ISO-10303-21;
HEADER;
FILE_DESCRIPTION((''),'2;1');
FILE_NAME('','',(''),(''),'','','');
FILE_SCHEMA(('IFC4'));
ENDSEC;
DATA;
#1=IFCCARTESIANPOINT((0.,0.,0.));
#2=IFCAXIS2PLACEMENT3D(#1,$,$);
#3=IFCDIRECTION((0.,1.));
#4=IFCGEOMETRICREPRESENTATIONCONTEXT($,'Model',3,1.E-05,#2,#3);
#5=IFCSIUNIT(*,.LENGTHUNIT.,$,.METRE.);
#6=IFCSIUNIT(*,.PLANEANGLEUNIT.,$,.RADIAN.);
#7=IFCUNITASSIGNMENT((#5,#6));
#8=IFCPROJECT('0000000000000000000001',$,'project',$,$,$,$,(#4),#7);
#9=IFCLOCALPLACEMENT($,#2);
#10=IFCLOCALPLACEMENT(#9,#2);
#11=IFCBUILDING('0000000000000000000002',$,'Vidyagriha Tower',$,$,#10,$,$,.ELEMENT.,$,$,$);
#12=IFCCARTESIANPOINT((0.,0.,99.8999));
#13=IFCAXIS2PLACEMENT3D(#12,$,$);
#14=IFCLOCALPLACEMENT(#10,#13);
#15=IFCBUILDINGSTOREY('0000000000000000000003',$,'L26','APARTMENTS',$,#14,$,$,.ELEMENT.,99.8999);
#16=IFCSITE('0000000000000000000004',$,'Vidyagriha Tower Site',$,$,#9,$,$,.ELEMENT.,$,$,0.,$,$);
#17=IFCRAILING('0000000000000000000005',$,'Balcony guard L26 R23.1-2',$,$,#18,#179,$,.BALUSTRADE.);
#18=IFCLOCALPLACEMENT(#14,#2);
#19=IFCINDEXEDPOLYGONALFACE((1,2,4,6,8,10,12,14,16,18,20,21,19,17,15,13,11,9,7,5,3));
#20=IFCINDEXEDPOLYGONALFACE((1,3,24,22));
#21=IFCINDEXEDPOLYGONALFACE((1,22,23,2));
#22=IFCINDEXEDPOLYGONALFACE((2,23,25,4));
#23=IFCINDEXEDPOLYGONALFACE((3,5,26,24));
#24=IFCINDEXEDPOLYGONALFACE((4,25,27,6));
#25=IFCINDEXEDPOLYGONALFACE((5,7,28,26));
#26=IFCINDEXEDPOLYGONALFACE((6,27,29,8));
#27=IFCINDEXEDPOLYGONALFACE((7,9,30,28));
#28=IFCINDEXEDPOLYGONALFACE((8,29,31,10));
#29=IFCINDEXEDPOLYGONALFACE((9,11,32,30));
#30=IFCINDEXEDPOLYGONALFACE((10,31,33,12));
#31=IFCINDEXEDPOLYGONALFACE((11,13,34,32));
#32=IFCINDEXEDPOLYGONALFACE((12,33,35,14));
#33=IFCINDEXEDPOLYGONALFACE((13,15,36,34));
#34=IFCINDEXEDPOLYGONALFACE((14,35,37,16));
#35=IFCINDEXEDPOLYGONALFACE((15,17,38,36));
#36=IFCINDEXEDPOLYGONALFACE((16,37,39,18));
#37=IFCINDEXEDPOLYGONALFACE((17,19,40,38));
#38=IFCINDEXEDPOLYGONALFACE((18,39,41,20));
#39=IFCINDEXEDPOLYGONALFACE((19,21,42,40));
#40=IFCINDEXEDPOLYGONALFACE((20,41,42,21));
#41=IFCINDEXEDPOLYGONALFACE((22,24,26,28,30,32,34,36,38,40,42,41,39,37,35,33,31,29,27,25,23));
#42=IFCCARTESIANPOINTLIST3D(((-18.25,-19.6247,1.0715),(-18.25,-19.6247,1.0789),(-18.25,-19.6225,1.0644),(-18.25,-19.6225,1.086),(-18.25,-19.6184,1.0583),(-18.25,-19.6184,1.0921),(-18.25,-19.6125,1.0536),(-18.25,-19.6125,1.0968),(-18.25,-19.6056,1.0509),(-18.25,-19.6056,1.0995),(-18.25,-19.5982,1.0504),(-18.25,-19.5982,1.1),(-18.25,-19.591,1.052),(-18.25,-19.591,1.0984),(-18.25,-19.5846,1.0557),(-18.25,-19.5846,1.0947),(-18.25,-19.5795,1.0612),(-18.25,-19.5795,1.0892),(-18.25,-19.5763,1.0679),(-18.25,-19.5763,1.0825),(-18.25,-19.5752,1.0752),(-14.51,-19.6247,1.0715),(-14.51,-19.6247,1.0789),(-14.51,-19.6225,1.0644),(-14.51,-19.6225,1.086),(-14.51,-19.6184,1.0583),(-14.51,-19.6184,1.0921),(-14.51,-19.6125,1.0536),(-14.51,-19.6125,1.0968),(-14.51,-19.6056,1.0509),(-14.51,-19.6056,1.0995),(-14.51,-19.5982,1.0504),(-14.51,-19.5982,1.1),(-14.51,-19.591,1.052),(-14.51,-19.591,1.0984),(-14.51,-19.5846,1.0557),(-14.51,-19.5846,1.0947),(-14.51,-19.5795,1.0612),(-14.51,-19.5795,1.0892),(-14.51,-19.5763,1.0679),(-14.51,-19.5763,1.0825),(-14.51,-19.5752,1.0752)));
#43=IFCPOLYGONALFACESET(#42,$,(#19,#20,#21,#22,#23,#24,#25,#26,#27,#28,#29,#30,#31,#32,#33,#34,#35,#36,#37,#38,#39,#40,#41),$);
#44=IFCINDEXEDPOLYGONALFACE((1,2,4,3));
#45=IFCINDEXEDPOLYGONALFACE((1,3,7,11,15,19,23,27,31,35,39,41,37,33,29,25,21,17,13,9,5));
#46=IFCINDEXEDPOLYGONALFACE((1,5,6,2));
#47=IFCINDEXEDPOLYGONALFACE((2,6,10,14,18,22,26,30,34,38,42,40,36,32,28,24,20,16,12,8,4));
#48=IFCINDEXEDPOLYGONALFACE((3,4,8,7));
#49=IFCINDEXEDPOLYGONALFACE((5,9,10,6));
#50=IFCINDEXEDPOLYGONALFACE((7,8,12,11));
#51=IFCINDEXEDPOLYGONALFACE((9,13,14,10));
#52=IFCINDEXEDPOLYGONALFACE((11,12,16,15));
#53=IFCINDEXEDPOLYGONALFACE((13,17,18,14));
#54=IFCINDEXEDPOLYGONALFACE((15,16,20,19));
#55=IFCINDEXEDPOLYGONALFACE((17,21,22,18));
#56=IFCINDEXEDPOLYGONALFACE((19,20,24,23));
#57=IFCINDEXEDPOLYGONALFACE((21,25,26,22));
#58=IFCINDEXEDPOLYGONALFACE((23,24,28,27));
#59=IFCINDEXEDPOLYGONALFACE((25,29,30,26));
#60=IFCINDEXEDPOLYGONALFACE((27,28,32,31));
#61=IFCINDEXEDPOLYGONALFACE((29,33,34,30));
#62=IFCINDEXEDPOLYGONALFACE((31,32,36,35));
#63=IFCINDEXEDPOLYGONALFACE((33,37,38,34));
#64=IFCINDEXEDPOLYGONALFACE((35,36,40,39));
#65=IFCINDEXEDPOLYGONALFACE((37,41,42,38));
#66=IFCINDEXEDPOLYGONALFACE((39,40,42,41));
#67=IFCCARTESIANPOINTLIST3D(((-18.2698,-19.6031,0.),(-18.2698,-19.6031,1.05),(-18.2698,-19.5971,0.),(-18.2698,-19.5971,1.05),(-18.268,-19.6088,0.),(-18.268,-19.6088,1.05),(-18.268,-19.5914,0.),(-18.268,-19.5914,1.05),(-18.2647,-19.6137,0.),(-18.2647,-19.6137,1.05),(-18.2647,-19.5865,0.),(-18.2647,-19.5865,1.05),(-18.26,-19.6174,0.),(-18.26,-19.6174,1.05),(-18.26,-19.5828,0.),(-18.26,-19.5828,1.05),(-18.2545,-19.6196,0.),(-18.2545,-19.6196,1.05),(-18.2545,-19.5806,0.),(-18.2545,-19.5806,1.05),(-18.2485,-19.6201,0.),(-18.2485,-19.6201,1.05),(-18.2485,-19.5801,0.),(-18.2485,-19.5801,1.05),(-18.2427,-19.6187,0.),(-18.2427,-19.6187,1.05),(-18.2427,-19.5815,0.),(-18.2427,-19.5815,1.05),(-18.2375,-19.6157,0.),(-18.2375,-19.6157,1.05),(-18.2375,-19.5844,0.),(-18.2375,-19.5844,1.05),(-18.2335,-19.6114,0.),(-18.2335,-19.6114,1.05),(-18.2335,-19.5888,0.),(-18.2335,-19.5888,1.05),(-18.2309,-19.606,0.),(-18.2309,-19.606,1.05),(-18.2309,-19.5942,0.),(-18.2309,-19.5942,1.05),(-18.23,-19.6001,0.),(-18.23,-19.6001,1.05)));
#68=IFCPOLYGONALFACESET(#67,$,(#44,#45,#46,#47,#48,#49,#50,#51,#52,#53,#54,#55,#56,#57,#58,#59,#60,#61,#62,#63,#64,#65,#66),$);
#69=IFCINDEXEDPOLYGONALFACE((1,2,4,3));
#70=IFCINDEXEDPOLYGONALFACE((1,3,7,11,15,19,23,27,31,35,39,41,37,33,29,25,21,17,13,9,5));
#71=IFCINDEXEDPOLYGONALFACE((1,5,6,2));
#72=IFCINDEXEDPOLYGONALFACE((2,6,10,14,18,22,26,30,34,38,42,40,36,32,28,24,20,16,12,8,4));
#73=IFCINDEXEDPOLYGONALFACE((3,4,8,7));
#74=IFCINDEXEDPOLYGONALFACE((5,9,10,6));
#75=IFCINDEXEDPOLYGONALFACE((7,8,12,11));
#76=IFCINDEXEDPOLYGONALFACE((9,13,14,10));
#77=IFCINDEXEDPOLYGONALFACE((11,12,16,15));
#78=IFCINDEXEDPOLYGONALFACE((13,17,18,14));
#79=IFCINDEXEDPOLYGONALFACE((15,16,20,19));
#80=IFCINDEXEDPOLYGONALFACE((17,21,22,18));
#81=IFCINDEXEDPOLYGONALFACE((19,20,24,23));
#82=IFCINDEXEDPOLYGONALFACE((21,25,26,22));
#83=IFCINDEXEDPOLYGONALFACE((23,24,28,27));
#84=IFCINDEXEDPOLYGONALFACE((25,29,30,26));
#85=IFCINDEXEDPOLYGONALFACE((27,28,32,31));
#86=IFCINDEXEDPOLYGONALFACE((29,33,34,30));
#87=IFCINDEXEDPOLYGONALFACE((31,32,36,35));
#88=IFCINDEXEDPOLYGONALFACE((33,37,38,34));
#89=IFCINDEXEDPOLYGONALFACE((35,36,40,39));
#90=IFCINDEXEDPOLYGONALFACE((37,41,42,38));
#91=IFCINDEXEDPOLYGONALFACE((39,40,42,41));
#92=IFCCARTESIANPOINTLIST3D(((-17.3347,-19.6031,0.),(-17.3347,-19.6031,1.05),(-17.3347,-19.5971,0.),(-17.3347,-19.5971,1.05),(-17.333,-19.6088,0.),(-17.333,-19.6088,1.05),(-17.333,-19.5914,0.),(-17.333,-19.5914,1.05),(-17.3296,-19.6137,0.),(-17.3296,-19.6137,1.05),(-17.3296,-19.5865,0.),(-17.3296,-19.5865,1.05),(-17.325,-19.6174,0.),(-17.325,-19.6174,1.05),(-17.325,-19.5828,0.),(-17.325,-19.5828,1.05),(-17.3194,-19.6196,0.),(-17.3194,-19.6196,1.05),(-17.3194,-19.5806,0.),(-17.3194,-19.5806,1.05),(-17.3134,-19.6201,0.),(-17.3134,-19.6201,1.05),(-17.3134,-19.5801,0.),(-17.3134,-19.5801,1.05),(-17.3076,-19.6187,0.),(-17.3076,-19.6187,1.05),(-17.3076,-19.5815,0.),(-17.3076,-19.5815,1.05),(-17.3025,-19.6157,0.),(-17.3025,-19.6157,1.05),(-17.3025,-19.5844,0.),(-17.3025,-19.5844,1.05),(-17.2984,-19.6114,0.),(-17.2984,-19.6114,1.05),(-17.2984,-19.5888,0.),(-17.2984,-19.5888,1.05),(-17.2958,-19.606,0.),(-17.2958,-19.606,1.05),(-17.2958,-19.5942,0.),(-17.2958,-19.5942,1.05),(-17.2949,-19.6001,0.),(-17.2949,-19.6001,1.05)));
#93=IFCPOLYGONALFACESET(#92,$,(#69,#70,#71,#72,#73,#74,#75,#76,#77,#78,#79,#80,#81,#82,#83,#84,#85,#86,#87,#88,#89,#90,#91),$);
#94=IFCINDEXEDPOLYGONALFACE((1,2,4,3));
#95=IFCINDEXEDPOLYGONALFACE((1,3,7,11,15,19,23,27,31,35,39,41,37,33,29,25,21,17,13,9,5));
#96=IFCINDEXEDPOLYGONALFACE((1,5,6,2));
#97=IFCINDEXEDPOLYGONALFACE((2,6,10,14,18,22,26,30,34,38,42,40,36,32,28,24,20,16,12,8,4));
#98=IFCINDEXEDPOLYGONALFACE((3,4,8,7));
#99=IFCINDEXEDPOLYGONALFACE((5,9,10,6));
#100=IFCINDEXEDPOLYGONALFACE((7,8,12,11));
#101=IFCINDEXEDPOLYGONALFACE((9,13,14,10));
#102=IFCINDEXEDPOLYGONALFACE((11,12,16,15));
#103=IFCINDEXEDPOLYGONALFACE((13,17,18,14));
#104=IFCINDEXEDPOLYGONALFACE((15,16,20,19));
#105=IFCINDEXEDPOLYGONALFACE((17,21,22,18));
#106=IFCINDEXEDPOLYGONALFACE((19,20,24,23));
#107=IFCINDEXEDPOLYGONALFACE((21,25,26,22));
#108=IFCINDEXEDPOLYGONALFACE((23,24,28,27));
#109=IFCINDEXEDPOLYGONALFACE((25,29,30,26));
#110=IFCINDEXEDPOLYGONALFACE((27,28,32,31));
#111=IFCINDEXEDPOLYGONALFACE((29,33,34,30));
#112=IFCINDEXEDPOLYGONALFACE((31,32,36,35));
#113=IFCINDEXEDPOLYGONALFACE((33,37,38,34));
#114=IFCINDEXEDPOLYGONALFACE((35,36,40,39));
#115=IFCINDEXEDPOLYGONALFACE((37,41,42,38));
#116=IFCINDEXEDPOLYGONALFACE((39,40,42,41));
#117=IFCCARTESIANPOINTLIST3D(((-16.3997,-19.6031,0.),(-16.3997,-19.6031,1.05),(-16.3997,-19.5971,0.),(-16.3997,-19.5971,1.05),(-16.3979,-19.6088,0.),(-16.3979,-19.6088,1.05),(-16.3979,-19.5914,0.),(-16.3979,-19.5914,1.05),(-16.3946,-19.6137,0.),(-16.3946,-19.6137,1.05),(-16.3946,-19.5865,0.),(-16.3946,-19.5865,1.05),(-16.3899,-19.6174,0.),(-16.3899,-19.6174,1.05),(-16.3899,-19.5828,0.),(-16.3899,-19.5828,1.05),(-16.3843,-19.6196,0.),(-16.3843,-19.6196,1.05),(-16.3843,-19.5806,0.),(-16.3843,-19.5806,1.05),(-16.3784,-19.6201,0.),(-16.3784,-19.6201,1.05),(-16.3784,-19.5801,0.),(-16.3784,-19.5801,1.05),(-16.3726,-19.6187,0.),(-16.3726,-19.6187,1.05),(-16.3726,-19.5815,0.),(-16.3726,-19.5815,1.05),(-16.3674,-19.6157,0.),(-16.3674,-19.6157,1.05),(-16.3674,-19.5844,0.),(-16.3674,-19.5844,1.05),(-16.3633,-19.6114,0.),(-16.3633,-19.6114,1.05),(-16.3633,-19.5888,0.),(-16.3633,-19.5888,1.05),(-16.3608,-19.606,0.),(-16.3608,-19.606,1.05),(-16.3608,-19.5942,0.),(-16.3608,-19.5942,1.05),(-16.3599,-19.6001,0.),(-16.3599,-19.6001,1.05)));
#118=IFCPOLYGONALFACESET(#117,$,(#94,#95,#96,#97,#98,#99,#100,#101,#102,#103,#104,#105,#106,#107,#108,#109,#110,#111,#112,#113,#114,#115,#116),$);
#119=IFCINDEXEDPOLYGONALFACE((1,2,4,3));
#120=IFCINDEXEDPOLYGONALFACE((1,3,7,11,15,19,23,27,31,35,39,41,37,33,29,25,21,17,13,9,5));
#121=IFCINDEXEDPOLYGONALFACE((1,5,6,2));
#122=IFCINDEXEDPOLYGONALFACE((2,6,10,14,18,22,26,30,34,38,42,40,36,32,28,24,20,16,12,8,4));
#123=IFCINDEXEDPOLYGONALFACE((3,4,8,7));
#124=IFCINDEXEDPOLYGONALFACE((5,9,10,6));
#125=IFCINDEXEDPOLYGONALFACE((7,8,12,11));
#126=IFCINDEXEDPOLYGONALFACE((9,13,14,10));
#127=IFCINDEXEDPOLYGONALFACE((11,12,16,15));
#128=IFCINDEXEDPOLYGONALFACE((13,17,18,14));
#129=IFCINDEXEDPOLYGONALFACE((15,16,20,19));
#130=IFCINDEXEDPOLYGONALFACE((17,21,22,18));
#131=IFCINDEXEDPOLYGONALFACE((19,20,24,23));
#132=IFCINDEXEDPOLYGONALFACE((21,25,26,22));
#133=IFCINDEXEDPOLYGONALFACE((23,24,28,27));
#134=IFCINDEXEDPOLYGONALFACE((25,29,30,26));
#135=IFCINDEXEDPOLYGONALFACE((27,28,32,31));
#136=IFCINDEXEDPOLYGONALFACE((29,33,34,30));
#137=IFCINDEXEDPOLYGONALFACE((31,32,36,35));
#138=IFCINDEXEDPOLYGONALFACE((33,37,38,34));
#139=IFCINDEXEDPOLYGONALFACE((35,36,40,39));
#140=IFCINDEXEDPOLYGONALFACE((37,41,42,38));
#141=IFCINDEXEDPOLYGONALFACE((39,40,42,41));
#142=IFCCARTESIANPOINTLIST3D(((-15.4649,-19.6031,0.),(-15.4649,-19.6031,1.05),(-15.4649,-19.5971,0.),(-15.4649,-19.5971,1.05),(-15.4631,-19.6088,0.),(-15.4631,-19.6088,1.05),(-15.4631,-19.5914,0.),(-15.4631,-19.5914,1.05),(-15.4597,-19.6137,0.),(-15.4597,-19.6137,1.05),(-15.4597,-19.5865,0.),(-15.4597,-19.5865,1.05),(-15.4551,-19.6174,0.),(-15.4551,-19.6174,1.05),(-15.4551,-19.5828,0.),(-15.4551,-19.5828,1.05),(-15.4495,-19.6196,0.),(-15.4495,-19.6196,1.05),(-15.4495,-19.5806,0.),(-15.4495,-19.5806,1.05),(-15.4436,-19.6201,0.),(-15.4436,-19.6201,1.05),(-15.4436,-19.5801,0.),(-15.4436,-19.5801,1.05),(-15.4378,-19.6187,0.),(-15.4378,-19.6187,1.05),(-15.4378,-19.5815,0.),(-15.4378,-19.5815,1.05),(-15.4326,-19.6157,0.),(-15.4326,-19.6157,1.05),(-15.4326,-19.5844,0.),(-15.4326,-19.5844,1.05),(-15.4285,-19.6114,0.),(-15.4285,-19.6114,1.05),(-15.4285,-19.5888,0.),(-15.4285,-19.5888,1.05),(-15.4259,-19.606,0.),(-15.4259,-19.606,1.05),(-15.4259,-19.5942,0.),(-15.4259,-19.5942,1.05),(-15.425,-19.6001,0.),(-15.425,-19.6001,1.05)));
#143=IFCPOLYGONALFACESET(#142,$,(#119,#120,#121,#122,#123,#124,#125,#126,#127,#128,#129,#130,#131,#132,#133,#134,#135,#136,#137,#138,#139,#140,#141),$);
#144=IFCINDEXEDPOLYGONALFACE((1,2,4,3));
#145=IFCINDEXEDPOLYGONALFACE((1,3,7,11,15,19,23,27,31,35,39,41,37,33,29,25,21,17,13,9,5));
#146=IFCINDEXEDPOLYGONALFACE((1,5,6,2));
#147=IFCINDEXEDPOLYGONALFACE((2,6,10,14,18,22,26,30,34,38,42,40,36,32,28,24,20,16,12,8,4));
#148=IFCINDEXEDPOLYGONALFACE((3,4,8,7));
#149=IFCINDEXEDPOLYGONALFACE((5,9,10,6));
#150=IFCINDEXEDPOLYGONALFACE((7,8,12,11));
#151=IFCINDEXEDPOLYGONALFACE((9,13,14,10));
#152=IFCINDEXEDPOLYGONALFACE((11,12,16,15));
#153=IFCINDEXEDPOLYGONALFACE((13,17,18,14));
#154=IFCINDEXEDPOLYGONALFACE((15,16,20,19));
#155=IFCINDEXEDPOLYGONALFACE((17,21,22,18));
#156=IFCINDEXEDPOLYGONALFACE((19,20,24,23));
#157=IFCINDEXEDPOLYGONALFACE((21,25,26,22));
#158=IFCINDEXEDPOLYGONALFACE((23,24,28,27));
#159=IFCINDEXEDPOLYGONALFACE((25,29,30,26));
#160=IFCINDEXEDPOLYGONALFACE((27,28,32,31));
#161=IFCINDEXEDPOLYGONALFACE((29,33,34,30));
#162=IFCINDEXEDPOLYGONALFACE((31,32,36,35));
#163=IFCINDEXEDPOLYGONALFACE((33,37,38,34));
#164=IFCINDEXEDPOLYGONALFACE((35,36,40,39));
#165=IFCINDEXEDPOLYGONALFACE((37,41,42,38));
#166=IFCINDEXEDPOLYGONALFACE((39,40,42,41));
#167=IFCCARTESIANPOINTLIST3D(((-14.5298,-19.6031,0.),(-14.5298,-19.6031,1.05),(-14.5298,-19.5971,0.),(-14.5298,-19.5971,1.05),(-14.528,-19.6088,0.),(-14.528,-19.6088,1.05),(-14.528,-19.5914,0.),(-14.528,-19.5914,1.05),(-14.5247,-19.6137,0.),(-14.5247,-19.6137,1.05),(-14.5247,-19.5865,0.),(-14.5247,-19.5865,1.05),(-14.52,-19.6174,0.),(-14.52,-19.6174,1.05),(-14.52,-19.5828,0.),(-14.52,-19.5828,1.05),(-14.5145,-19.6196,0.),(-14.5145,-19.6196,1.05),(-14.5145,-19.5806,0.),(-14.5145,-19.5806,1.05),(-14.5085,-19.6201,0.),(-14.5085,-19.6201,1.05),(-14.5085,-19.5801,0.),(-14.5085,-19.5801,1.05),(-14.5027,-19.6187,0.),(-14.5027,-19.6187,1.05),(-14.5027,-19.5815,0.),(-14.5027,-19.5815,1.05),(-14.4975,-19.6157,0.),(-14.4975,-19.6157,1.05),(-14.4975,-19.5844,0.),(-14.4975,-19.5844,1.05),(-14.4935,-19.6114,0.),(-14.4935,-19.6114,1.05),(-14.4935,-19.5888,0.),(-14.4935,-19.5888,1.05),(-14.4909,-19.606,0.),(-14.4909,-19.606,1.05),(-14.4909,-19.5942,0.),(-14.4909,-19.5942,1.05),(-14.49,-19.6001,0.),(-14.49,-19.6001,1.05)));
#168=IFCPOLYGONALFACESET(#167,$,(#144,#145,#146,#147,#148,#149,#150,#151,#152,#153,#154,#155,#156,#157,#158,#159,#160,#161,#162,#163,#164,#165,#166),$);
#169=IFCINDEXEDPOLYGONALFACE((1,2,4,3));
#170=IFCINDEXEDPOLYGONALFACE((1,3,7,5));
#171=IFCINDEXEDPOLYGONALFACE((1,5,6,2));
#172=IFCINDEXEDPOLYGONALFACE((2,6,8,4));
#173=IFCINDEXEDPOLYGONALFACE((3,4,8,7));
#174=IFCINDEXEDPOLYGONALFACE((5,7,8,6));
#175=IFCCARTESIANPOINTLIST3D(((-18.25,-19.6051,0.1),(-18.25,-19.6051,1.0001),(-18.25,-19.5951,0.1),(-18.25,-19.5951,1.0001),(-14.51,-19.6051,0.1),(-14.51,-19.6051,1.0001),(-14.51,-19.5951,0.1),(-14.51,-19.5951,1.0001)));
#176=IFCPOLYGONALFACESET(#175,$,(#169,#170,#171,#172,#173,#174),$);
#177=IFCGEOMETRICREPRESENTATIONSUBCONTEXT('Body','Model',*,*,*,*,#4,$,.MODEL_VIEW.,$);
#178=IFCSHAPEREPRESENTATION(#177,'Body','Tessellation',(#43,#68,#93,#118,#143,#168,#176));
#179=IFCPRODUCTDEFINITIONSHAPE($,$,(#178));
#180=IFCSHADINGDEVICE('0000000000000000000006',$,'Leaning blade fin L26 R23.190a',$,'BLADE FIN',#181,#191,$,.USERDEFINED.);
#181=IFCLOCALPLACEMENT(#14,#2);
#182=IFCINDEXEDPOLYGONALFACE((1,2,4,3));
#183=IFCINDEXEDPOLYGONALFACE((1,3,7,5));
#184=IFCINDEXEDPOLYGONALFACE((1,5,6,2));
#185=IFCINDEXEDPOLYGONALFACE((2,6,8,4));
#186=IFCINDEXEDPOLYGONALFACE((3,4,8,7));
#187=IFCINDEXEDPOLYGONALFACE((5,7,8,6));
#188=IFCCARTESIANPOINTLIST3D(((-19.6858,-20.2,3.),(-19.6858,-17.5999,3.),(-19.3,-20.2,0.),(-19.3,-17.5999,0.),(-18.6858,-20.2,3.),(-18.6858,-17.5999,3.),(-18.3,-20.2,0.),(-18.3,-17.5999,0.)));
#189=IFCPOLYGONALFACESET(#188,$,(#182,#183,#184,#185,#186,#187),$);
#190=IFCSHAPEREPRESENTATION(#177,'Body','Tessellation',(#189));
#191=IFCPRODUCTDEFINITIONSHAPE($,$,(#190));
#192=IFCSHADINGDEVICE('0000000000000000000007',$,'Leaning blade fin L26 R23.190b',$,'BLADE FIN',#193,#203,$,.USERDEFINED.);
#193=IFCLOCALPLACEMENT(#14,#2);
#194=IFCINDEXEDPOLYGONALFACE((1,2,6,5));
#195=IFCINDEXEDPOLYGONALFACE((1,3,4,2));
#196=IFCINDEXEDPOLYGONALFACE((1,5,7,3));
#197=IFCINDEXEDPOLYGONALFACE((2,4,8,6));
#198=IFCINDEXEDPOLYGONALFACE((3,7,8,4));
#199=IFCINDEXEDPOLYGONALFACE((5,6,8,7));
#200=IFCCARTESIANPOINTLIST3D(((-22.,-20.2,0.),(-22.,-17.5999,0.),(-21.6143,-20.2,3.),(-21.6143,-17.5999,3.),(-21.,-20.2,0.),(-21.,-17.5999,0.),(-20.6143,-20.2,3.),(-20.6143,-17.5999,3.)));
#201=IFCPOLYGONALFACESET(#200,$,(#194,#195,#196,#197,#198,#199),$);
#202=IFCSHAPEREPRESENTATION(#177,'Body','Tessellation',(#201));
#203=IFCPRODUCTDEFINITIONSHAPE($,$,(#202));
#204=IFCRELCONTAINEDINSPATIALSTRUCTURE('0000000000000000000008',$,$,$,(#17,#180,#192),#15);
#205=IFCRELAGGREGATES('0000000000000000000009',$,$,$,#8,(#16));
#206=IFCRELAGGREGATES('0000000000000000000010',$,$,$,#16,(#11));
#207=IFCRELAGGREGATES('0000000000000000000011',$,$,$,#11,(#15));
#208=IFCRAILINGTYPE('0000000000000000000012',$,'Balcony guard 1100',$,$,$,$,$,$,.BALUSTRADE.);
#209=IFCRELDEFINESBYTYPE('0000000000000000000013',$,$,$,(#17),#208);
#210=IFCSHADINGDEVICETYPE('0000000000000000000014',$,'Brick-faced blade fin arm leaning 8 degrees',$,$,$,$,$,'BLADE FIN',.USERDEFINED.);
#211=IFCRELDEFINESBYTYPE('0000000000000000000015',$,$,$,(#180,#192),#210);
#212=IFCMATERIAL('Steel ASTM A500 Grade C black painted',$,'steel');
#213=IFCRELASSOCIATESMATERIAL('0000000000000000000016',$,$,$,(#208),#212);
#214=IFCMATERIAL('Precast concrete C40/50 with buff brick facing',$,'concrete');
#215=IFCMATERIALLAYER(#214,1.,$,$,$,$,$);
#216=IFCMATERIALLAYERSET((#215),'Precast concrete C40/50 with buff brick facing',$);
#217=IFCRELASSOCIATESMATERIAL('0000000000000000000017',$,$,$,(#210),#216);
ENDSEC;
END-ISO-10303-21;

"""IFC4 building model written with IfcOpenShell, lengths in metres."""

from ifc_helpers import new_model, si_unit, direction, frame, origin, origin_2d, place, context, subcontext, project, spatial, polyline, rectangle, circle, outline, extrude, material, layer, layer_set, type_object, element, save


model = new_model("IFC4")

# Units and contexts
model_context = context("Model", 3, precision=1e-05, world=origin(), true_north=direction((0.0, 1.0)))
body_context = subcontext(model_context, "Body", "Model", "MODEL_VIEW")
ifc_project = project(units=[si_unit("LENGTHUNIT", "METRE"), si_unit("PLANEANGLEUNIT", "RADIAN")], contexts=[model_context])

# Site, building, storey
site_placement = place(None, origin())
site = spatial("IfcSite", under=ifc_project, at=site_placement, Name="Vidyagriha Tower Site", CompositionType="ELEMENT", RefElevation=0.0)
building_placement = place(site_placement, origin())
building = spatial("IfcBuilding", under=site, at=building_placement, Name="Vidyagriha Tower", CompositionType="ELEMENT")
storey_placement = place(building_placement, frame((0.0, 0.0, 99.8999)))
storey = spatial("IfcBuildingStorey", under=building, at=storey_placement, Name="L26", Description="APARTMENTS", CompositionType="ELEMENT", Elevation=99.8999)

# Railing
ifc_material_1 = material(Name="Steel ASTM A500 Grade C black painted", Category="steel")
railing_type_1 = type_object("IfcRailingType", Name="Balcony guard 1100", PredefinedType="BALUSTRADE", material=ifc_material_1)
railing_1_placement = place(storey_placement, frame((-18.25, -19.6001, 0.0)))
element("IfcRailing", 1, at=railing_1_placement, inside=storey, type_object=railing_type_1, Name="Balcony guard L26 R23.1-2", PredefinedType="BALUSTRADE", context=body_context, shape_type="SweptSolid", body=[
    extrude(circle(Radius=0.0249, at=origin_2d()), frame((0.0, 0.0, 1.0752), z_axis=(1.0, 0.0, 0.0), x_axis=(0.0, 1.0, 0.0)), (0.0, 0.0, 1.0), 3.74),
    extrude(circle(Radius=0.02, at=origin_2d()), origin(), (0.0, 0.0, 1.0), 1.05),
    extrude(circle(Radius=0.02, at=origin_2d()), frame((0.9351, 0.0, 0.0)), (0.0, 0.0, 1.0), 1.05),
    extrude(circle(Radius=0.02, at=origin_2d()), frame((1.8701, 0.0, 0.0)), (0.0, 0.0, 1.0), 1.05),
    extrude(circle(Radius=0.02, at=origin_2d()), frame((2.8049, 0.0, 0.0)), (0.0, 0.0, 1.0), 1.05),
    extrude(circle(Radius=0.02, at=origin_2d()), frame((3.74, 0.0, 0.0)), (0.0, 0.0, 1.0), 1.05),
    extrude(rectangle(XDim=0.01, YDim=0.9001, at=origin_2d()), frame((0.0, 0.0, 0.55), z_axis=(1.0, 0.0, 0.0), x_axis=(0.0, 1.0, 0.0)), (0.0, 0.0, 1.0), 3.74),
])

# Shading devices
ifc_material_2 = material(Name="Precast concrete C40/50 with buff brick facing", Category="concrete")
ifc_layer_1 = layer(ifc_material_2, 1.0)
ifc_layer_set_1 = layer_set([ifc_layer_1], Name="Precast concrete C40/50 with buff brick facing")
shading_device_type = type_object("IfcShadingDeviceType", Name="Brick-faced blade fin arm leaning 8 degrees", ElementType="BLADE FIN", PredefinedType="USERDEFINED", material=ifc_layer_set_1)
shading_device_1_placement = place(storey_placement, frame((-19.6858, -18.8999, 0.0)))
element("IfcShadingDevice", 2, at=shading_device_1_placement, inside=storey, type_object=shading_device_type, Name="Leaning blade fin L26 R23.190a", ObjectType="BLADE FIN", PredefinedType="USERDEFINED", context=body_context, shape_type="SweptSolid", body=[
    extrude(outline(polyline([(0.3857, 0.0), (1.3857, 0.0), (1.0, 3.0), (0.0, 3.0), (0.3857, 0.0)])), frame((0.0, 1.3, 0.0), z_axis=(0.0, -1.0, 0.0), x_axis=(1.0, 0.0, 0.0)), (0.0, 0.0, 1.0), 2.6001),
])
shading_device_2_placement = place(storey_placement, frame((-22.0, -18.8999, 0.0)))
element("IfcShadingDevice", 3, at=shading_device_2_placement, inside=storey, type_object=shading_device_type, Name="Leaning blade fin L26 R23.190b", ObjectType="BLADE FIN", PredefinedType="USERDEFINED", context=body_context, shape_type="SweptSolid", body=[
    extrude(outline(polyline([(0.0, 0.0), (1.0, 0.0), (1.3857, 3.0), (0.3857, 3.0), (0.0, 0.0)])), frame((0.0, 1.3, 0.0), z_axis=(0.0, -1.0, 0.0), x_axis=(1.0, 0.0, 0.0)), (0.0, 0.0, 1.0), 2.6001),
])

save(model, "model.ifc")
